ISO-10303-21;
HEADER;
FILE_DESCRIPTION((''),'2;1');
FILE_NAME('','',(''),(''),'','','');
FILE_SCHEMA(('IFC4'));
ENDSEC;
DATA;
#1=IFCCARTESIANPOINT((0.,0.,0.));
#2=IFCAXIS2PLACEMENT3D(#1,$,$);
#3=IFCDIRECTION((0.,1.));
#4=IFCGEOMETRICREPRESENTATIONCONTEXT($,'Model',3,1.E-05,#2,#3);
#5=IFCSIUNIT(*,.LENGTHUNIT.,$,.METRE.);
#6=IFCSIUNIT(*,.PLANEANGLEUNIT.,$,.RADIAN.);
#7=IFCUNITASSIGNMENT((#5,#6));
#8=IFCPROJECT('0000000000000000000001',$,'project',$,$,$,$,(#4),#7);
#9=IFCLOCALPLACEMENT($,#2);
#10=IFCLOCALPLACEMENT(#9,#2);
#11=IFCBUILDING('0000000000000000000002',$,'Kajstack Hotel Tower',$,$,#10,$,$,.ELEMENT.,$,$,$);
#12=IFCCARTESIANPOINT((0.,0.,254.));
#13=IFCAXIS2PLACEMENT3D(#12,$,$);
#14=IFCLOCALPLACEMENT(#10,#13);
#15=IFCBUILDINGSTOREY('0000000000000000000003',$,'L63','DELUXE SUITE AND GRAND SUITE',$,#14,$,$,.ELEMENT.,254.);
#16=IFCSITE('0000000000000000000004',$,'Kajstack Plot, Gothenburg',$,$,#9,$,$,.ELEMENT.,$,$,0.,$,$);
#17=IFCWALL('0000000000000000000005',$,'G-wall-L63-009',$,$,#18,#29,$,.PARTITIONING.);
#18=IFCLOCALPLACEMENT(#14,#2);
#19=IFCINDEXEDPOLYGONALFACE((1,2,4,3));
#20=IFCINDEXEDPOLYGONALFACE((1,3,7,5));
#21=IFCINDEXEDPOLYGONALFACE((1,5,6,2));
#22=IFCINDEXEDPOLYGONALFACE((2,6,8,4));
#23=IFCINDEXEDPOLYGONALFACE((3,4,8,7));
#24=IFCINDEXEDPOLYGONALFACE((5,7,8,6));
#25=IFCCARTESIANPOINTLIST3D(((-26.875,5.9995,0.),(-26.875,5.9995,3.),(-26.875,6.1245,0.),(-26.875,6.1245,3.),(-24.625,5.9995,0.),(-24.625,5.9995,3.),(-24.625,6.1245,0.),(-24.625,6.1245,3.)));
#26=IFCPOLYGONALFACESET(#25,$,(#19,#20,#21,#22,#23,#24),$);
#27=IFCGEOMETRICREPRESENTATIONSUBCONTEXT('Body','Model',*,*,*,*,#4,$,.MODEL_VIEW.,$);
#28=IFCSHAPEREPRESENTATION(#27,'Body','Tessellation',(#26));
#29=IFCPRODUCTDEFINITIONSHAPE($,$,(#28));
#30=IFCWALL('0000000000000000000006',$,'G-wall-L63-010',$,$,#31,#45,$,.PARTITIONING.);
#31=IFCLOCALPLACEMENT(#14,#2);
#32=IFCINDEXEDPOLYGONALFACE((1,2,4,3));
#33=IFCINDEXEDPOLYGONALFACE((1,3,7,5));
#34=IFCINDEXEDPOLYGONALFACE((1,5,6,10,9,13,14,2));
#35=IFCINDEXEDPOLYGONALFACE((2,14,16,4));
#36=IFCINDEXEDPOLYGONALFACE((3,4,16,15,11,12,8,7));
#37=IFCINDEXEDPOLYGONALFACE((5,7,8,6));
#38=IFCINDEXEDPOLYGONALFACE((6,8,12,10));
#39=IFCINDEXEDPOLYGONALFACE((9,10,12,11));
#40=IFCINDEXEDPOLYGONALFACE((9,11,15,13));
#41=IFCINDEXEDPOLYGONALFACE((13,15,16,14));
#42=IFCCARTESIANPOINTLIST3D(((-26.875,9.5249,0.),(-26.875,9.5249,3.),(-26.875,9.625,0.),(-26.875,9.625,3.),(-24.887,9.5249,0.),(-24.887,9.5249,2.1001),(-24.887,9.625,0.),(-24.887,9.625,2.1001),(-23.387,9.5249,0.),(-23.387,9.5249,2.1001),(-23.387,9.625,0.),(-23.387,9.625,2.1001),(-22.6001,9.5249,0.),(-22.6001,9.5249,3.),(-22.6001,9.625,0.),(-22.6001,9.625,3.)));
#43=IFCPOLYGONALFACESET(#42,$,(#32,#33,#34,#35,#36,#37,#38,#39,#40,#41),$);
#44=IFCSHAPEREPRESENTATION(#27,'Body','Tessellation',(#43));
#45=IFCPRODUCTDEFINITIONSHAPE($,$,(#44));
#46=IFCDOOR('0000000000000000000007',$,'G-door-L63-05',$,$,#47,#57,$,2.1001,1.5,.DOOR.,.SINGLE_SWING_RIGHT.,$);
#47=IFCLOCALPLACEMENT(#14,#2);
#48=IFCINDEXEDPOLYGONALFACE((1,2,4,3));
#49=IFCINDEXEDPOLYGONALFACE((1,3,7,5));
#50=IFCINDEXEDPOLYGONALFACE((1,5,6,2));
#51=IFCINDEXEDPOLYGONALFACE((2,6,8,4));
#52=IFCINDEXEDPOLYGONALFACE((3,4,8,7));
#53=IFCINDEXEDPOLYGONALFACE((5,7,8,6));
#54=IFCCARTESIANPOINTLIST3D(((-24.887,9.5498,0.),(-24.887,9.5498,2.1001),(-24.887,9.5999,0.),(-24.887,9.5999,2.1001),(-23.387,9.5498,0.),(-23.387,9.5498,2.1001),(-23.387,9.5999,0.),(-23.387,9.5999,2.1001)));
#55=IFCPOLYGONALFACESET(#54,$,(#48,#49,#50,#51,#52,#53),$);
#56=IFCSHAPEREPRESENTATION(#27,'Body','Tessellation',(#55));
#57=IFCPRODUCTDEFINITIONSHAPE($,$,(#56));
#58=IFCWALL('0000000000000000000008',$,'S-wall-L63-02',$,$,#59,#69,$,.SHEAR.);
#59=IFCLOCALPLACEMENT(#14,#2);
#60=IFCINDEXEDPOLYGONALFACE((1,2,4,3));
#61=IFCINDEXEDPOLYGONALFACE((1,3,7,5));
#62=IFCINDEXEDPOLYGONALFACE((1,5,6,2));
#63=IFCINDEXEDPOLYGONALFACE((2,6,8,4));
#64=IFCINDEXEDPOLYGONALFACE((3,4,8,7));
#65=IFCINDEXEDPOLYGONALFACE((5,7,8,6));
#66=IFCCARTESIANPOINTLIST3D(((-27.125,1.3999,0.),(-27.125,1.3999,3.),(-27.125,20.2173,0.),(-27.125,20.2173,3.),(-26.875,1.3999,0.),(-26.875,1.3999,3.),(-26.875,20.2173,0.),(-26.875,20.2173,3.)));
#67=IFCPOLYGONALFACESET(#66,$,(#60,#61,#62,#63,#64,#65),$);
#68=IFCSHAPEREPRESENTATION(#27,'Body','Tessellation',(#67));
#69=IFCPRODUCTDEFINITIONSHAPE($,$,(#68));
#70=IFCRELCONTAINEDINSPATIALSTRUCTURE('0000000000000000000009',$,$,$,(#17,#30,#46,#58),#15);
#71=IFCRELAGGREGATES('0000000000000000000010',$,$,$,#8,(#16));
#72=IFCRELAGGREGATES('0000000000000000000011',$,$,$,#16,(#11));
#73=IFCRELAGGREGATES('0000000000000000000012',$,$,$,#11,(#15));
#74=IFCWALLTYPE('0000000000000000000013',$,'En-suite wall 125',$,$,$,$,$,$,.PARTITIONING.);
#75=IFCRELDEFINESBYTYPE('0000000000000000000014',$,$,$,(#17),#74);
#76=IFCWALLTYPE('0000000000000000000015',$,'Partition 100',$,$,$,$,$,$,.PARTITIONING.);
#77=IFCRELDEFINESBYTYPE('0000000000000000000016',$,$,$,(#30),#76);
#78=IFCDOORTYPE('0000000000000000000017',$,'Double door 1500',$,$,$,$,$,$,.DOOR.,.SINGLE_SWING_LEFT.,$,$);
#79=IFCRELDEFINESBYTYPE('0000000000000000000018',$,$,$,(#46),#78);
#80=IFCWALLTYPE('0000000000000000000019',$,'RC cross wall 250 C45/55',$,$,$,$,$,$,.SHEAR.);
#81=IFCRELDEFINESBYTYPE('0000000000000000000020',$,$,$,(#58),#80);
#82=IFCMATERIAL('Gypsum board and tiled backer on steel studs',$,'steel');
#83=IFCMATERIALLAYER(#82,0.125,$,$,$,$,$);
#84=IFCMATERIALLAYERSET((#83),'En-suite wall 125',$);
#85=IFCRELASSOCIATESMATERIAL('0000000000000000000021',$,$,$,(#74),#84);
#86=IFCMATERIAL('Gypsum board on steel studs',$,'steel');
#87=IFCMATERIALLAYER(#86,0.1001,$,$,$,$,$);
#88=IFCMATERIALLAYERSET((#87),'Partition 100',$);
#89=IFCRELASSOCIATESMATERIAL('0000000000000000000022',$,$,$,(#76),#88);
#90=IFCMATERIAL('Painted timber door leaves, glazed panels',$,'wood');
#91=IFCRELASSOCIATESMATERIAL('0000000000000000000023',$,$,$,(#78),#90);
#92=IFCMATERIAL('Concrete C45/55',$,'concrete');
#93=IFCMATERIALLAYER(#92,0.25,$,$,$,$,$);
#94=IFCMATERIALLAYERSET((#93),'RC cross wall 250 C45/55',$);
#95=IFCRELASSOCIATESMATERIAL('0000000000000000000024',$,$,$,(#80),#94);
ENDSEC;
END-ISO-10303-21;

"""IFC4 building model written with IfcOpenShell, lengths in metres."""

from ifc_helpers import new_model, si_unit, direction, frame, frame_2d, origin, place, context, subcontext, project, spatial, rectangle, extrude, material, layer, layer_set, type_object, element, fill, save


model = new_model("IFC4")

# Units and contexts
model_context = context("Model", 3, precision=1e-05, world=origin(), true_north=direction((0.0, 1.0)))
body_context = subcontext(model_context, "Body", "Model", "MODEL_VIEW")
ifc_project = project(units=[si_unit("LENGTHUNIT", "METRE"), si_unit("PLANEANGLEUNIT", "RADIAN")], contexts=[model_context])

# Site, building, storey
site_placement = place(None, origin())
site = spatial("IfcSite", under=ifc_project, at=site_placement, Name="Kajstack Plot, Gothenburg", CompositionType="ELEMENT", RefElevation=0.0)
building_placement = place(site_placement, origin())
building = spatial("IfcBuilding", under=site, at=building_placement, Name="Kajstack Hotel Tower", CompositionType="ELEMENT")
storey_placement = place(building_placement, frame((0.0, 0.0, 254.0)))
storey = spatial("IfcBuildingStorey", under=building, at=storey_placement, Name="L63", Description="DELUXE SUITE AND GRAND SUITE", CompositionType="ELEMENT", Elevation=254.0)

# Shared definitions
ifc_material_1 = material(Name="Gypsum board and tiled backer on steel studs", Category="steel")
ifc_layer_1 = layer(ifc_material_1, 0.125)
ifc_layer_set_1 = layer_set([ifc_layer_1], Name="En-suite wall 125")
wall_type_1 = type_object("IfcWallType", Name="En-suite wall 125", PredefinedType="PARTITIONING", material=ifc_layer_set_1)

# Wall
wall_1_placement = place(storey_placement, frame((-26.875, 6.062, 0.0), z_axis=(0.0, 0.0, 1.0), x_axis=(1.0, 0.0, 0.0)))
element("IfcWall", 1, at=wall_1_placement, inside=storey, type_object=wall_type_1, Name="G-wall-L63-009", PredefinedType="PARTITIONING", context=body_context, shape_type="SweptSolid", body=[
    extrude(rectangle(XDim=2.25, YDim=0.125, at=frame_2d((1.125, 0.0))), origin(), (0.0, 0.0, 1.0), 3.0),
])

# Wall, opening, door
ifc_material_2 = material(Name="Gypsum board on steel studs", Category="steel")
ifc_layer_2 = layer(ifc_material_2, 0.1001)
ifc_layer_set_2 = layer_set([ifc_layer_2], Name="Partition 100")
wall_type_2 = type_object("IfcWallType", Name="Partition 100", PredefinedType="PARTITIONING", material=ifc_layer_set_2)
wall_2_placement = place(storey_placement, frame((-26.875, 9.575, 0.0), z_axis=(0.0, 0.0, 1.0), x_axis=(1.0, 0.0, 0.0)))
wall_2 = element("IfcWall", 2, at=wall_2_placement, inside=storey, type_object=wall_type_2, Name="G-wall-L63-010", PredefinedType="PARTITIONING", context=body_context, shape_type="SweptSolid", body=[
    extrude(rectangle(XDim=4.2749, YDim=0.1001, at=frame_2d((2.1375, 0.0))), origin(), (0.0, 0.0, 1.0), 3.0),
])
opening_1_placement = place(wall_2_placement, frame((1.988, 0.0, 0.0)))
opening_1 = element("IfcOpeningElement", 3, at=opening_1_placement, cuts=wall_2, PredefinedType="OPENING", context=body_context, shape_type="SweptSolid", body=[
    extrude(rectangle(XDim=1.5, YDim=2.1001, at=frame_2d((0.75, 1.05))), frame((0.0, 0.0601, 0.0), z_axis=(0.0, -1.0, 0.0), x_axis=(1.0, 0.0, 0.0)), (0.0, 0.0, 1.0), 0.1201),
])
ifc_material_3 = material(Name="Painted timber door leaves, glazed panels", Category="wood")
door_type_1 = type_object("IfcDoorType", Name="Double door 1500", OperationType="SINGLE_SWING_LEFT", PredefinedType="DOOR", material=ifc_material_3)
door_1_placement = place(opening_1_placement, origin())
door_1 = element("IfcDoor", 4, at=door_1_placement, inside=storey, type_object=door_type_1, Name="G-door-L63-05", OperationType="SINGLE_SWING_RIGHT", OverallHeight=2.1001, OverallWidth=1.5, PredefinedType="DOOR", context=body_context, shape_type="SweptSolid", body=[
    extrude(rectangle(XDim=1.5, YDim=2.1001, at=frame_2d((0.75, 1.05))), frame((0.0, 0.0249, 0.0), z_axis=(0.0, -1.0, 0.0), x_axis=(1.0, 0.0, 0.0)), (0.0, 0.0, 1.0), 0.05),
])
fill(opening_1, door_1)

# Wall
ifc_material_4 = material(Name="Concrete C45/55", Category="concrete")
ifc_layer_3 = layer(ifc_material_4, 0.25)
ifc_layer_set_3 = layer_set([ifc_layer_3], Name="RC cross wall 250 C45/55")
wall_type_3 = type_object("IfcWallType", Name="RC cross wall 250 C45/55", PredefinedType="SHEAR", material=ifc_layer_set_3)
wall_3_placement = place(storey_placement, frame((-27.0, 1.3999, 0.0), z_axis=(0.0, 0.0, 1.0), x_axis=(0.0, 1.0, 0.0)))
element("IfcWall", 5, at=wall_3_placement, inside=storey, type_object=wall_type_3, Name="S-wall-L63-02", PredefinedType="SHEAR", context=body_context, shape_type="SweptSolid", body=[
    extrude(rectangle(XDim=18.8174, YDim=0.25, at=frame_2d((9.4087, 0.0))), origin(), (0.0, 0.0, 1.0), 3.0),
])

save(model, "model.ifc")
